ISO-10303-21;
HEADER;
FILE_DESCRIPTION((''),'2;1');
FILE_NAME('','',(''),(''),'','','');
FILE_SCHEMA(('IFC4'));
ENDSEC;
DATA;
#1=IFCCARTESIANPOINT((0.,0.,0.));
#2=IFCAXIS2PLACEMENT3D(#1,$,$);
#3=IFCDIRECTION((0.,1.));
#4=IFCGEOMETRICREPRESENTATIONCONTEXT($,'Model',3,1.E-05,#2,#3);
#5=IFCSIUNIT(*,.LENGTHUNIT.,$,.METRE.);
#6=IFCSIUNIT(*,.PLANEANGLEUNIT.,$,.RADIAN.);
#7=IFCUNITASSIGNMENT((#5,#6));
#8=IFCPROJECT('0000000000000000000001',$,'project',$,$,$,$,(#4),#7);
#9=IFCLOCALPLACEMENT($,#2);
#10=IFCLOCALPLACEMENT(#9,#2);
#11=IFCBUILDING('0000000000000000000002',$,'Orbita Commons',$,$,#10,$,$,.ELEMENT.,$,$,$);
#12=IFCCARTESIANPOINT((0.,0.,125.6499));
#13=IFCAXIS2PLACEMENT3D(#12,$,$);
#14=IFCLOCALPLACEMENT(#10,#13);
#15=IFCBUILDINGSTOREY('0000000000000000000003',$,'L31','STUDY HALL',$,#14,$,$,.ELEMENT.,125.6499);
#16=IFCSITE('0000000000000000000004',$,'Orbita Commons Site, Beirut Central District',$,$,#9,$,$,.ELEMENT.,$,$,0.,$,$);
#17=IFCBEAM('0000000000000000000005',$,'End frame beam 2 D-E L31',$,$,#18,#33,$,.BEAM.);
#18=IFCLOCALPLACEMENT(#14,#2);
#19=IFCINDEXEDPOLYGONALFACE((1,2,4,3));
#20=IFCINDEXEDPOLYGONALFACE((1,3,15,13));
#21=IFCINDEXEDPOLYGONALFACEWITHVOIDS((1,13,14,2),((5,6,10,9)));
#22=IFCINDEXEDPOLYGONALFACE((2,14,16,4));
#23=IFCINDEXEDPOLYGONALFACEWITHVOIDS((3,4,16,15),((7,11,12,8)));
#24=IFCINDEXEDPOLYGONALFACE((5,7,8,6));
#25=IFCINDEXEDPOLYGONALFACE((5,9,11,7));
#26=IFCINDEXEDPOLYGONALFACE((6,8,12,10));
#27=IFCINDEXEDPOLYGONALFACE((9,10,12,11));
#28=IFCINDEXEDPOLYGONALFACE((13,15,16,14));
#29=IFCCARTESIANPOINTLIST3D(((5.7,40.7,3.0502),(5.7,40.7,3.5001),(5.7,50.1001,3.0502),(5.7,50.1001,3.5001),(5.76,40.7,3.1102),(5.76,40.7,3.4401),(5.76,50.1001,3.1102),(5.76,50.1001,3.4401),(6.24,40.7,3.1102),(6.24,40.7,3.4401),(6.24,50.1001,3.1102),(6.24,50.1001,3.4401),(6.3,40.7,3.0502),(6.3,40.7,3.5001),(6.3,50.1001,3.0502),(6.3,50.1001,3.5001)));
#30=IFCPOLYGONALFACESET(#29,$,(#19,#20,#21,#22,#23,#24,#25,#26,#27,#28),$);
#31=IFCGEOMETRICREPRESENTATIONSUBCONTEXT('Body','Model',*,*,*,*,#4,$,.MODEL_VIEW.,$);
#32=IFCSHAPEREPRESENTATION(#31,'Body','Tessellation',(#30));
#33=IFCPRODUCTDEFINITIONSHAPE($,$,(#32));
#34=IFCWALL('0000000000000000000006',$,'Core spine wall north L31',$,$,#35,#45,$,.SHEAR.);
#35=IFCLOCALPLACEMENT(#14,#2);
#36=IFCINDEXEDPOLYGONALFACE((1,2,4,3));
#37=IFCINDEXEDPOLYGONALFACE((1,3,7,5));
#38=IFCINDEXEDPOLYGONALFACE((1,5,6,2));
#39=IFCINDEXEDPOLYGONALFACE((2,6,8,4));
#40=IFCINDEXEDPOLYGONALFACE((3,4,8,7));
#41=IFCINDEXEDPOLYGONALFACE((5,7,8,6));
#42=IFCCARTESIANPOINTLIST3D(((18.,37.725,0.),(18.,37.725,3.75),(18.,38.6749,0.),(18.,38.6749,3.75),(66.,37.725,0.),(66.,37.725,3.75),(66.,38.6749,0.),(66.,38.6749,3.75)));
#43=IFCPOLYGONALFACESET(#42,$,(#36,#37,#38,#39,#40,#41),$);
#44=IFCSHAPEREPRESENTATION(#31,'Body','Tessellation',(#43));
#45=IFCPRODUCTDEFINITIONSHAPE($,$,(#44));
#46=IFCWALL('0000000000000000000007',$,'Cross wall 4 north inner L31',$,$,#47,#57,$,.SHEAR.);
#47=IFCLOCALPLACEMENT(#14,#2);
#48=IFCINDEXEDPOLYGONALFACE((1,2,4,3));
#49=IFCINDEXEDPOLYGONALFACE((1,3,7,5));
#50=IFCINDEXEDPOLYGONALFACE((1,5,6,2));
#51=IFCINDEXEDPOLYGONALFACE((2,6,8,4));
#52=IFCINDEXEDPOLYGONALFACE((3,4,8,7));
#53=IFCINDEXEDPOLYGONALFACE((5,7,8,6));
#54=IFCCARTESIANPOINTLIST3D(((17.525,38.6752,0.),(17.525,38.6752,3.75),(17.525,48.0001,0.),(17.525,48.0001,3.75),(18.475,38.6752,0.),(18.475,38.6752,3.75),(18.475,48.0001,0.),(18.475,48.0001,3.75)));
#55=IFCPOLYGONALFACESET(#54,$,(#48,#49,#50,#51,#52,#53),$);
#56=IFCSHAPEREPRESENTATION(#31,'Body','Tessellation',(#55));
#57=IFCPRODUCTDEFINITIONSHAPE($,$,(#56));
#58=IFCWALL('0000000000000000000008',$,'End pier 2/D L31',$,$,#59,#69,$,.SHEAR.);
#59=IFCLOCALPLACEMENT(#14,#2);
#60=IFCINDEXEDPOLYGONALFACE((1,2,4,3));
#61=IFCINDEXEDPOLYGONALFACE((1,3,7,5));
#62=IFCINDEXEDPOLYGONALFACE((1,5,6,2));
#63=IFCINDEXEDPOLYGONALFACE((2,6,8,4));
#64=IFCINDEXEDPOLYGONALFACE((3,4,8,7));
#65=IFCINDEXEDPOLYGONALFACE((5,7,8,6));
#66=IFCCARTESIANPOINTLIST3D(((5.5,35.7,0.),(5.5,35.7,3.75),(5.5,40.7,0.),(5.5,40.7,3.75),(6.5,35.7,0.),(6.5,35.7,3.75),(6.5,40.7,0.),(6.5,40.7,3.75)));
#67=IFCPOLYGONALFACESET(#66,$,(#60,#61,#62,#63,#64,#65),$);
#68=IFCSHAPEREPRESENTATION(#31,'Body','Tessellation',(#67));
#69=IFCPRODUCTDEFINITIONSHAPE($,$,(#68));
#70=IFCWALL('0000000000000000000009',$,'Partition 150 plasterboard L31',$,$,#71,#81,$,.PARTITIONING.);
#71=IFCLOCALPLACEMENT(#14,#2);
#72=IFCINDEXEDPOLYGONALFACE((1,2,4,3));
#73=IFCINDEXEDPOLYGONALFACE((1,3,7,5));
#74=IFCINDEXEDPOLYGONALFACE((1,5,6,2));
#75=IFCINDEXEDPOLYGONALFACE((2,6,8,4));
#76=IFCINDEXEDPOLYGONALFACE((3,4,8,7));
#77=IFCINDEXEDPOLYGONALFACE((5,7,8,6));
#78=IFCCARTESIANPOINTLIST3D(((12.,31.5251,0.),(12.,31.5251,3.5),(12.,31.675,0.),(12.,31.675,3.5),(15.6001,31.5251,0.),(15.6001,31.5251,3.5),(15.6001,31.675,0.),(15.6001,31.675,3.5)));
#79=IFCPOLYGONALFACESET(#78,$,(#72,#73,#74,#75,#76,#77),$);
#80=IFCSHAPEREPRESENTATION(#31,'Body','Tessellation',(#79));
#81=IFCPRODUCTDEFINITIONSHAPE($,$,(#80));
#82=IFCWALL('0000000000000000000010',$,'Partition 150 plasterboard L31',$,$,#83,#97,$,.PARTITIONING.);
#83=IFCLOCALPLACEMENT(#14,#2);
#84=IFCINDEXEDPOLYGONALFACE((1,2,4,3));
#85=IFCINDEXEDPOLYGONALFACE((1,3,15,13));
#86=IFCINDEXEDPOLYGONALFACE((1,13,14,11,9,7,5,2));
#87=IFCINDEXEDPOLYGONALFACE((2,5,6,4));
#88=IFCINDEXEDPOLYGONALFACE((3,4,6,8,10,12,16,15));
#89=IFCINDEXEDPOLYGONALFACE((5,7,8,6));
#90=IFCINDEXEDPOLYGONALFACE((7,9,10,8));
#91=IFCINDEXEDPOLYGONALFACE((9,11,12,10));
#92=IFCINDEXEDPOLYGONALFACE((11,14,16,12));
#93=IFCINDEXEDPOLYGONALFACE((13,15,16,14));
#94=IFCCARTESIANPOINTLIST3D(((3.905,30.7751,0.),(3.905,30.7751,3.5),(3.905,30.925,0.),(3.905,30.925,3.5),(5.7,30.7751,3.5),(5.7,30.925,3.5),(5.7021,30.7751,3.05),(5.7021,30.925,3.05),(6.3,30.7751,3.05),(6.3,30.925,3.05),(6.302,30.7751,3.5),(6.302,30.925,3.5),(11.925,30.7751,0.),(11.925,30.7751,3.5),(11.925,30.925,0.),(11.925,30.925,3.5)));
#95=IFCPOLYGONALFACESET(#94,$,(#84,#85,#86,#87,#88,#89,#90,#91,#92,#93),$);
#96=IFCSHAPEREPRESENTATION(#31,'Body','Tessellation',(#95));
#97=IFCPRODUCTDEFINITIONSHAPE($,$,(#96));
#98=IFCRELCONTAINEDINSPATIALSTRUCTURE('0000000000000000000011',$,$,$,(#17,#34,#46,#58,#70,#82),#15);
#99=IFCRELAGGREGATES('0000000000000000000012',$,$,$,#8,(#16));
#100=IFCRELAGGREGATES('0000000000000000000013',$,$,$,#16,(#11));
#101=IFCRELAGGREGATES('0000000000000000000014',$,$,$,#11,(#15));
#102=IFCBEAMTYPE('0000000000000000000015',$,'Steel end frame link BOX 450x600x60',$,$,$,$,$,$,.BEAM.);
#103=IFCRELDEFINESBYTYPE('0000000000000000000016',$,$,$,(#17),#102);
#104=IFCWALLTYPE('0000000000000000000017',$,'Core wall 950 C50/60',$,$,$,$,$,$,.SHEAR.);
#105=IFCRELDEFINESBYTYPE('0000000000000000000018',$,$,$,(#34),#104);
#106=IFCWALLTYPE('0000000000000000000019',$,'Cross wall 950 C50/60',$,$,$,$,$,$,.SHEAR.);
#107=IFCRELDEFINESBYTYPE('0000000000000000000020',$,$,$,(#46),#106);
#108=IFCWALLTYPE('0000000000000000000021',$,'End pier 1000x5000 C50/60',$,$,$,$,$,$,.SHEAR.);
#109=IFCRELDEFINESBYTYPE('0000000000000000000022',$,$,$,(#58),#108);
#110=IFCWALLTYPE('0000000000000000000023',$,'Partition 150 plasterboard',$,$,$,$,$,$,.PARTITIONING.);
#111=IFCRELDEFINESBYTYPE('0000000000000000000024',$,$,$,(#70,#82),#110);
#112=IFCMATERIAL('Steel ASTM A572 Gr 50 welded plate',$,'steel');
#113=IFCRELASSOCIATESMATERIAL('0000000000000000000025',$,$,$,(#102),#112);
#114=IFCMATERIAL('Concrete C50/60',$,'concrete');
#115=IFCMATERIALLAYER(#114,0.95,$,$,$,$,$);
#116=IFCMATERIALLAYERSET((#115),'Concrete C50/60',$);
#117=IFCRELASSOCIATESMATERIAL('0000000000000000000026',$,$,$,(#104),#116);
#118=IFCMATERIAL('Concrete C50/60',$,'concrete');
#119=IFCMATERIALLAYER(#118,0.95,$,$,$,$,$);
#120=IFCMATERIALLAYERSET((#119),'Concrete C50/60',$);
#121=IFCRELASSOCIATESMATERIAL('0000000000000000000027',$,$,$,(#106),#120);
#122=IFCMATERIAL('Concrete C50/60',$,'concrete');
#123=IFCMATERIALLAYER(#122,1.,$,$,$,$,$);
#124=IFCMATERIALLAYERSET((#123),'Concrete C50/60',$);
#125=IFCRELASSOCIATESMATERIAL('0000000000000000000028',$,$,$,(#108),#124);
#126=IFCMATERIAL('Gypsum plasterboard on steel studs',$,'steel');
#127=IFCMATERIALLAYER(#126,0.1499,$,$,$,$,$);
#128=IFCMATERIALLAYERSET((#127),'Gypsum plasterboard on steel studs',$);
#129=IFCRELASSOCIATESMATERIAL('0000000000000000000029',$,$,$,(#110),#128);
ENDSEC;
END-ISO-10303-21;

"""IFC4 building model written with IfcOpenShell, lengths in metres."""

from ifc_helpers import new_model, si_unit, direction, frame, frame_2d, origin, origin_2d, place, context, subcontext, project, spatial, polyline, rectangle, hollow_rectangle, outline, extrude, material, layer, layer_set, material_profile, profile_set, type_object, element, save


model = new_model("IFC4")

# Units and contexts
model_context = context("Model", 3, precision=1e-05, world=origin(), true_north=direction((0.0, 1.0)))
body_context = subcontext(model_context, "Body", "Model", "MODEL_VIEW")
ifc_project = project(units=[si_unit("LENGTHUNIT", "METRE"), si_unit("PLANEANGLEUNIT", "RADIAN")], contexts=[model_context])

# Site, building, storey
site_placement = place(None, origin())
site = spatial("IfcSite", under=ifc_project, at=site_placement, Name="Orbita Commons Site, Beirut Central District", CompositionType="ELEMENT", RefElevation=0.0)
building_placement = place(site_placement, origin())
building = spatial("IfcBuilding", under=site, at=building_placement, Name="Orbita Commons", CompositionType="ELEMENT")
storey_placement = place(building_placement, frame((0.0, 0.0, 125.6499)))
storey = spatial("IfcBuildingStorey", under=building, at=storey_placement, Name="L31", Description="STUDY HALL", CompositionType="ELEMENT", Elevation=125.6499)

# Beam
ifc_material_1 = material(Name="Steel ASTM A572 Gr 50 welded plate", Category="steel")
ifc_material_profile = material_profile(ifc_material_1, hollow_rectangle(XDim=0.6001, YDim=0.45, WallThickness=0.0601, at=origin_2d()), Name="BOX 450x600x60")
ifc_profile_set = profile_set([ifc_material_profile], Name="Steel ASTM A572 Gr 50 welded plate")
beam_type = type_object("IfcBeamType", Name="Steel end frame link BOX 450x600x60", PredefinedType="BEAM", material=ifc_profile_set)
beam_placement = place(storey_placement, frame((6.0, 40.7, 3.2751), z_axis=(0.0, 1.0, 0.0), x_axis=(-1.0, 0.0, 0.0)))
element("IfcBeam", 1, at=beam_placement, inside=storey, type_object=beam_type, Name="End frame beam 2 D-E L31", PredefinedType="BEAM", context=body_context, shape_type="SweptSolid", body=[
    extrude(hollow_rectangle(XDim=0.6001, YDim=0.45, WallThickness=0.0601, at=origin_2d()), origin(), (0.0, 0.0, 1.0), 9.4001),
])

# Walls
ifc_material_2 = material(Name="Concrete C50/60", Category="concrete")
ifc_layer_1 = layer(ifc_material_2, 0.95)
ifc_layer_set_1 = layer_set([ifc_layer_1], Name="Concrete C50/60")
wall_type_1 = type_object("IfcWallType", Name="Core wall 950 C50/60", PredefinedType="SHEAR", material=ifc_layer_set_1)
wall_1_placement = place(storey_placement, frame((18.0, 38.2, 0.0), z_axis=(0.0, 0.0, 1.0), x_axis=(1.0, 0.0, 0.0)))
element("IfcWall", 2, at=wall_1_placement, inside=storey, type_object=wall_type_1, Name="Core spine wall north L31", PredefinedType="SHEAR", context=body_context, shape_type="SweptSolid", body=[
    extrude(rectangle(XDim=48.0, YDim=0.95, at=frame_2d((24.0, 0.0))), origin(), (0.0, 0.0, 1.0), 3.75),
])
ifc_material_3 = material(Name="Concrete C50/60", Category="concrete")
ifc_layer_2 = layer(ifc_material_3, 0.95)
ifc_layer_set_2 = layer_set([ifc_layer_2], Name="Concrete C50/60")
wall_type_2 = type_object("IfcWallType", Name="Cross wall 950 C50/60", PredefinedType="SHEAR", material=ifc_layer_set_2)
wall_2_placement = place(storey_placement, frame((18.0, 38.675, 0.0), z_axis=(0.0, 0.0, 1.0), x_axis=(0.0, 1.0, 0.0)))
element("IfcWall", 3, at=wall_2_placement, inside=storey, type_object=wall_type_2, Name="Cross wall 4 north inner L31", PredefinedType="SHEAR", context=body_context, shape_type="SweptSolid", body=[
    extrude(rectangle(XDim=9.325, YDim=0.95, at=frame_2d((4.6626, 0.0))), origin(), (0.0, 0.0, 1.0), 3.75),
])
ifc_material_4 = material(Name="Concrete C50/60", Category="concrete")
ifc_layer_3 = layer(ifc_material_4, 1.0)
ifc_layer_set_3 = layer_set([ifc_layer_3], Name="Concrete C50/60")
wall_type_3 = type_object("IfcWallType", Name="End pier 1000x5000 C50/60", PredefinedType="SHEAR", material=ifc_layer_set_3)
wall_3_placement = place(storey_placement, frame((6.0, 35.7, 0.0), z_axis=(0.0, 0.0, 1.0), x_axis=(0.0, 1.0, 0.0)))
element("IfcWall", 4, at=wall_3_placement, inside=storey, type_object=wall_type_3, Name="End pier 2/D L31", PredefinedType="SHEAR", context=body_context, shape_type="SweptSolid", body=[
    extrude(rectangle(XDim=5.0, YDim=1.0, at=frame_2d((2.5, 0.0))), origin(), (0.0, 0.0, 1.0), 3.75),
])
ifc_material_5 = material(Name="Gypsum plasterboard on steel studs", Category="steel")
ifc_layer_4 = layer(ifc_material_5, 0.1499)
ifc_layer_set_4 = layer_set([ifc_layer_4], Name="Gypsum plasterboard on steel studs")
wall_type_4 = type_object("IfcWallType", Name="Partition 150 plasterboard", PredefinedType="PARTITIONING", material=ifc_layer_set_4)
wall_4_placement = place(storey_placement, frame((12.0, 31.6001, 0.0), z_axis=(0.0, 0.0, 1.0), x_axis=(1.0, 0.0, 0.0)))
element("IfcWall", 5, at=wall_4_placement, inside=storey, type_object=wall_type_4, Name="Partition 150 plasterboard L31", PredefinedType="PARTITIONING", context=body_context, shape_type="SweptSolid", body=[
    extrude(rectangle(XDim=3.6001, YDim=0.1499, at=frame_2d((1.8, 0.0))), origin(), (0.0, 0.0, 1.0), 3.5),
])
wall_5_placement = place(storey_placement, frame((3.905, 30.8501, 0.0), z_axis=(0.0, 0.0, 1.0), x_axis=(1.0, 0.0, 0.0)))
element("IfcWall", 6, at=wall_5_placement, inside=storey, type_object=wall_type_4, Name="Partition 150 plasterboard L31", PredefinedType="PARTITIONING", context=body_context, shape_type="SweptSolid", body=[
    extrude(outline(polyline([(0.0, 0.0), (8.02, 0.0), (8.02, 3.5), (2.397, 3.5), (2.395, 3.05), (1.7971, 3.05), (1.7949, 3.5), (0.0, 3.5), (0.0, 0.0)])), frame((0.0, 0.075, 0.0), z_axis=(0.0, -1.0, 0.0), x_axis=(1.0, 0.0, 0.0)), (0.0, 0.0, 1.0), 0.1499),
])

save(model, "model.ifc")
